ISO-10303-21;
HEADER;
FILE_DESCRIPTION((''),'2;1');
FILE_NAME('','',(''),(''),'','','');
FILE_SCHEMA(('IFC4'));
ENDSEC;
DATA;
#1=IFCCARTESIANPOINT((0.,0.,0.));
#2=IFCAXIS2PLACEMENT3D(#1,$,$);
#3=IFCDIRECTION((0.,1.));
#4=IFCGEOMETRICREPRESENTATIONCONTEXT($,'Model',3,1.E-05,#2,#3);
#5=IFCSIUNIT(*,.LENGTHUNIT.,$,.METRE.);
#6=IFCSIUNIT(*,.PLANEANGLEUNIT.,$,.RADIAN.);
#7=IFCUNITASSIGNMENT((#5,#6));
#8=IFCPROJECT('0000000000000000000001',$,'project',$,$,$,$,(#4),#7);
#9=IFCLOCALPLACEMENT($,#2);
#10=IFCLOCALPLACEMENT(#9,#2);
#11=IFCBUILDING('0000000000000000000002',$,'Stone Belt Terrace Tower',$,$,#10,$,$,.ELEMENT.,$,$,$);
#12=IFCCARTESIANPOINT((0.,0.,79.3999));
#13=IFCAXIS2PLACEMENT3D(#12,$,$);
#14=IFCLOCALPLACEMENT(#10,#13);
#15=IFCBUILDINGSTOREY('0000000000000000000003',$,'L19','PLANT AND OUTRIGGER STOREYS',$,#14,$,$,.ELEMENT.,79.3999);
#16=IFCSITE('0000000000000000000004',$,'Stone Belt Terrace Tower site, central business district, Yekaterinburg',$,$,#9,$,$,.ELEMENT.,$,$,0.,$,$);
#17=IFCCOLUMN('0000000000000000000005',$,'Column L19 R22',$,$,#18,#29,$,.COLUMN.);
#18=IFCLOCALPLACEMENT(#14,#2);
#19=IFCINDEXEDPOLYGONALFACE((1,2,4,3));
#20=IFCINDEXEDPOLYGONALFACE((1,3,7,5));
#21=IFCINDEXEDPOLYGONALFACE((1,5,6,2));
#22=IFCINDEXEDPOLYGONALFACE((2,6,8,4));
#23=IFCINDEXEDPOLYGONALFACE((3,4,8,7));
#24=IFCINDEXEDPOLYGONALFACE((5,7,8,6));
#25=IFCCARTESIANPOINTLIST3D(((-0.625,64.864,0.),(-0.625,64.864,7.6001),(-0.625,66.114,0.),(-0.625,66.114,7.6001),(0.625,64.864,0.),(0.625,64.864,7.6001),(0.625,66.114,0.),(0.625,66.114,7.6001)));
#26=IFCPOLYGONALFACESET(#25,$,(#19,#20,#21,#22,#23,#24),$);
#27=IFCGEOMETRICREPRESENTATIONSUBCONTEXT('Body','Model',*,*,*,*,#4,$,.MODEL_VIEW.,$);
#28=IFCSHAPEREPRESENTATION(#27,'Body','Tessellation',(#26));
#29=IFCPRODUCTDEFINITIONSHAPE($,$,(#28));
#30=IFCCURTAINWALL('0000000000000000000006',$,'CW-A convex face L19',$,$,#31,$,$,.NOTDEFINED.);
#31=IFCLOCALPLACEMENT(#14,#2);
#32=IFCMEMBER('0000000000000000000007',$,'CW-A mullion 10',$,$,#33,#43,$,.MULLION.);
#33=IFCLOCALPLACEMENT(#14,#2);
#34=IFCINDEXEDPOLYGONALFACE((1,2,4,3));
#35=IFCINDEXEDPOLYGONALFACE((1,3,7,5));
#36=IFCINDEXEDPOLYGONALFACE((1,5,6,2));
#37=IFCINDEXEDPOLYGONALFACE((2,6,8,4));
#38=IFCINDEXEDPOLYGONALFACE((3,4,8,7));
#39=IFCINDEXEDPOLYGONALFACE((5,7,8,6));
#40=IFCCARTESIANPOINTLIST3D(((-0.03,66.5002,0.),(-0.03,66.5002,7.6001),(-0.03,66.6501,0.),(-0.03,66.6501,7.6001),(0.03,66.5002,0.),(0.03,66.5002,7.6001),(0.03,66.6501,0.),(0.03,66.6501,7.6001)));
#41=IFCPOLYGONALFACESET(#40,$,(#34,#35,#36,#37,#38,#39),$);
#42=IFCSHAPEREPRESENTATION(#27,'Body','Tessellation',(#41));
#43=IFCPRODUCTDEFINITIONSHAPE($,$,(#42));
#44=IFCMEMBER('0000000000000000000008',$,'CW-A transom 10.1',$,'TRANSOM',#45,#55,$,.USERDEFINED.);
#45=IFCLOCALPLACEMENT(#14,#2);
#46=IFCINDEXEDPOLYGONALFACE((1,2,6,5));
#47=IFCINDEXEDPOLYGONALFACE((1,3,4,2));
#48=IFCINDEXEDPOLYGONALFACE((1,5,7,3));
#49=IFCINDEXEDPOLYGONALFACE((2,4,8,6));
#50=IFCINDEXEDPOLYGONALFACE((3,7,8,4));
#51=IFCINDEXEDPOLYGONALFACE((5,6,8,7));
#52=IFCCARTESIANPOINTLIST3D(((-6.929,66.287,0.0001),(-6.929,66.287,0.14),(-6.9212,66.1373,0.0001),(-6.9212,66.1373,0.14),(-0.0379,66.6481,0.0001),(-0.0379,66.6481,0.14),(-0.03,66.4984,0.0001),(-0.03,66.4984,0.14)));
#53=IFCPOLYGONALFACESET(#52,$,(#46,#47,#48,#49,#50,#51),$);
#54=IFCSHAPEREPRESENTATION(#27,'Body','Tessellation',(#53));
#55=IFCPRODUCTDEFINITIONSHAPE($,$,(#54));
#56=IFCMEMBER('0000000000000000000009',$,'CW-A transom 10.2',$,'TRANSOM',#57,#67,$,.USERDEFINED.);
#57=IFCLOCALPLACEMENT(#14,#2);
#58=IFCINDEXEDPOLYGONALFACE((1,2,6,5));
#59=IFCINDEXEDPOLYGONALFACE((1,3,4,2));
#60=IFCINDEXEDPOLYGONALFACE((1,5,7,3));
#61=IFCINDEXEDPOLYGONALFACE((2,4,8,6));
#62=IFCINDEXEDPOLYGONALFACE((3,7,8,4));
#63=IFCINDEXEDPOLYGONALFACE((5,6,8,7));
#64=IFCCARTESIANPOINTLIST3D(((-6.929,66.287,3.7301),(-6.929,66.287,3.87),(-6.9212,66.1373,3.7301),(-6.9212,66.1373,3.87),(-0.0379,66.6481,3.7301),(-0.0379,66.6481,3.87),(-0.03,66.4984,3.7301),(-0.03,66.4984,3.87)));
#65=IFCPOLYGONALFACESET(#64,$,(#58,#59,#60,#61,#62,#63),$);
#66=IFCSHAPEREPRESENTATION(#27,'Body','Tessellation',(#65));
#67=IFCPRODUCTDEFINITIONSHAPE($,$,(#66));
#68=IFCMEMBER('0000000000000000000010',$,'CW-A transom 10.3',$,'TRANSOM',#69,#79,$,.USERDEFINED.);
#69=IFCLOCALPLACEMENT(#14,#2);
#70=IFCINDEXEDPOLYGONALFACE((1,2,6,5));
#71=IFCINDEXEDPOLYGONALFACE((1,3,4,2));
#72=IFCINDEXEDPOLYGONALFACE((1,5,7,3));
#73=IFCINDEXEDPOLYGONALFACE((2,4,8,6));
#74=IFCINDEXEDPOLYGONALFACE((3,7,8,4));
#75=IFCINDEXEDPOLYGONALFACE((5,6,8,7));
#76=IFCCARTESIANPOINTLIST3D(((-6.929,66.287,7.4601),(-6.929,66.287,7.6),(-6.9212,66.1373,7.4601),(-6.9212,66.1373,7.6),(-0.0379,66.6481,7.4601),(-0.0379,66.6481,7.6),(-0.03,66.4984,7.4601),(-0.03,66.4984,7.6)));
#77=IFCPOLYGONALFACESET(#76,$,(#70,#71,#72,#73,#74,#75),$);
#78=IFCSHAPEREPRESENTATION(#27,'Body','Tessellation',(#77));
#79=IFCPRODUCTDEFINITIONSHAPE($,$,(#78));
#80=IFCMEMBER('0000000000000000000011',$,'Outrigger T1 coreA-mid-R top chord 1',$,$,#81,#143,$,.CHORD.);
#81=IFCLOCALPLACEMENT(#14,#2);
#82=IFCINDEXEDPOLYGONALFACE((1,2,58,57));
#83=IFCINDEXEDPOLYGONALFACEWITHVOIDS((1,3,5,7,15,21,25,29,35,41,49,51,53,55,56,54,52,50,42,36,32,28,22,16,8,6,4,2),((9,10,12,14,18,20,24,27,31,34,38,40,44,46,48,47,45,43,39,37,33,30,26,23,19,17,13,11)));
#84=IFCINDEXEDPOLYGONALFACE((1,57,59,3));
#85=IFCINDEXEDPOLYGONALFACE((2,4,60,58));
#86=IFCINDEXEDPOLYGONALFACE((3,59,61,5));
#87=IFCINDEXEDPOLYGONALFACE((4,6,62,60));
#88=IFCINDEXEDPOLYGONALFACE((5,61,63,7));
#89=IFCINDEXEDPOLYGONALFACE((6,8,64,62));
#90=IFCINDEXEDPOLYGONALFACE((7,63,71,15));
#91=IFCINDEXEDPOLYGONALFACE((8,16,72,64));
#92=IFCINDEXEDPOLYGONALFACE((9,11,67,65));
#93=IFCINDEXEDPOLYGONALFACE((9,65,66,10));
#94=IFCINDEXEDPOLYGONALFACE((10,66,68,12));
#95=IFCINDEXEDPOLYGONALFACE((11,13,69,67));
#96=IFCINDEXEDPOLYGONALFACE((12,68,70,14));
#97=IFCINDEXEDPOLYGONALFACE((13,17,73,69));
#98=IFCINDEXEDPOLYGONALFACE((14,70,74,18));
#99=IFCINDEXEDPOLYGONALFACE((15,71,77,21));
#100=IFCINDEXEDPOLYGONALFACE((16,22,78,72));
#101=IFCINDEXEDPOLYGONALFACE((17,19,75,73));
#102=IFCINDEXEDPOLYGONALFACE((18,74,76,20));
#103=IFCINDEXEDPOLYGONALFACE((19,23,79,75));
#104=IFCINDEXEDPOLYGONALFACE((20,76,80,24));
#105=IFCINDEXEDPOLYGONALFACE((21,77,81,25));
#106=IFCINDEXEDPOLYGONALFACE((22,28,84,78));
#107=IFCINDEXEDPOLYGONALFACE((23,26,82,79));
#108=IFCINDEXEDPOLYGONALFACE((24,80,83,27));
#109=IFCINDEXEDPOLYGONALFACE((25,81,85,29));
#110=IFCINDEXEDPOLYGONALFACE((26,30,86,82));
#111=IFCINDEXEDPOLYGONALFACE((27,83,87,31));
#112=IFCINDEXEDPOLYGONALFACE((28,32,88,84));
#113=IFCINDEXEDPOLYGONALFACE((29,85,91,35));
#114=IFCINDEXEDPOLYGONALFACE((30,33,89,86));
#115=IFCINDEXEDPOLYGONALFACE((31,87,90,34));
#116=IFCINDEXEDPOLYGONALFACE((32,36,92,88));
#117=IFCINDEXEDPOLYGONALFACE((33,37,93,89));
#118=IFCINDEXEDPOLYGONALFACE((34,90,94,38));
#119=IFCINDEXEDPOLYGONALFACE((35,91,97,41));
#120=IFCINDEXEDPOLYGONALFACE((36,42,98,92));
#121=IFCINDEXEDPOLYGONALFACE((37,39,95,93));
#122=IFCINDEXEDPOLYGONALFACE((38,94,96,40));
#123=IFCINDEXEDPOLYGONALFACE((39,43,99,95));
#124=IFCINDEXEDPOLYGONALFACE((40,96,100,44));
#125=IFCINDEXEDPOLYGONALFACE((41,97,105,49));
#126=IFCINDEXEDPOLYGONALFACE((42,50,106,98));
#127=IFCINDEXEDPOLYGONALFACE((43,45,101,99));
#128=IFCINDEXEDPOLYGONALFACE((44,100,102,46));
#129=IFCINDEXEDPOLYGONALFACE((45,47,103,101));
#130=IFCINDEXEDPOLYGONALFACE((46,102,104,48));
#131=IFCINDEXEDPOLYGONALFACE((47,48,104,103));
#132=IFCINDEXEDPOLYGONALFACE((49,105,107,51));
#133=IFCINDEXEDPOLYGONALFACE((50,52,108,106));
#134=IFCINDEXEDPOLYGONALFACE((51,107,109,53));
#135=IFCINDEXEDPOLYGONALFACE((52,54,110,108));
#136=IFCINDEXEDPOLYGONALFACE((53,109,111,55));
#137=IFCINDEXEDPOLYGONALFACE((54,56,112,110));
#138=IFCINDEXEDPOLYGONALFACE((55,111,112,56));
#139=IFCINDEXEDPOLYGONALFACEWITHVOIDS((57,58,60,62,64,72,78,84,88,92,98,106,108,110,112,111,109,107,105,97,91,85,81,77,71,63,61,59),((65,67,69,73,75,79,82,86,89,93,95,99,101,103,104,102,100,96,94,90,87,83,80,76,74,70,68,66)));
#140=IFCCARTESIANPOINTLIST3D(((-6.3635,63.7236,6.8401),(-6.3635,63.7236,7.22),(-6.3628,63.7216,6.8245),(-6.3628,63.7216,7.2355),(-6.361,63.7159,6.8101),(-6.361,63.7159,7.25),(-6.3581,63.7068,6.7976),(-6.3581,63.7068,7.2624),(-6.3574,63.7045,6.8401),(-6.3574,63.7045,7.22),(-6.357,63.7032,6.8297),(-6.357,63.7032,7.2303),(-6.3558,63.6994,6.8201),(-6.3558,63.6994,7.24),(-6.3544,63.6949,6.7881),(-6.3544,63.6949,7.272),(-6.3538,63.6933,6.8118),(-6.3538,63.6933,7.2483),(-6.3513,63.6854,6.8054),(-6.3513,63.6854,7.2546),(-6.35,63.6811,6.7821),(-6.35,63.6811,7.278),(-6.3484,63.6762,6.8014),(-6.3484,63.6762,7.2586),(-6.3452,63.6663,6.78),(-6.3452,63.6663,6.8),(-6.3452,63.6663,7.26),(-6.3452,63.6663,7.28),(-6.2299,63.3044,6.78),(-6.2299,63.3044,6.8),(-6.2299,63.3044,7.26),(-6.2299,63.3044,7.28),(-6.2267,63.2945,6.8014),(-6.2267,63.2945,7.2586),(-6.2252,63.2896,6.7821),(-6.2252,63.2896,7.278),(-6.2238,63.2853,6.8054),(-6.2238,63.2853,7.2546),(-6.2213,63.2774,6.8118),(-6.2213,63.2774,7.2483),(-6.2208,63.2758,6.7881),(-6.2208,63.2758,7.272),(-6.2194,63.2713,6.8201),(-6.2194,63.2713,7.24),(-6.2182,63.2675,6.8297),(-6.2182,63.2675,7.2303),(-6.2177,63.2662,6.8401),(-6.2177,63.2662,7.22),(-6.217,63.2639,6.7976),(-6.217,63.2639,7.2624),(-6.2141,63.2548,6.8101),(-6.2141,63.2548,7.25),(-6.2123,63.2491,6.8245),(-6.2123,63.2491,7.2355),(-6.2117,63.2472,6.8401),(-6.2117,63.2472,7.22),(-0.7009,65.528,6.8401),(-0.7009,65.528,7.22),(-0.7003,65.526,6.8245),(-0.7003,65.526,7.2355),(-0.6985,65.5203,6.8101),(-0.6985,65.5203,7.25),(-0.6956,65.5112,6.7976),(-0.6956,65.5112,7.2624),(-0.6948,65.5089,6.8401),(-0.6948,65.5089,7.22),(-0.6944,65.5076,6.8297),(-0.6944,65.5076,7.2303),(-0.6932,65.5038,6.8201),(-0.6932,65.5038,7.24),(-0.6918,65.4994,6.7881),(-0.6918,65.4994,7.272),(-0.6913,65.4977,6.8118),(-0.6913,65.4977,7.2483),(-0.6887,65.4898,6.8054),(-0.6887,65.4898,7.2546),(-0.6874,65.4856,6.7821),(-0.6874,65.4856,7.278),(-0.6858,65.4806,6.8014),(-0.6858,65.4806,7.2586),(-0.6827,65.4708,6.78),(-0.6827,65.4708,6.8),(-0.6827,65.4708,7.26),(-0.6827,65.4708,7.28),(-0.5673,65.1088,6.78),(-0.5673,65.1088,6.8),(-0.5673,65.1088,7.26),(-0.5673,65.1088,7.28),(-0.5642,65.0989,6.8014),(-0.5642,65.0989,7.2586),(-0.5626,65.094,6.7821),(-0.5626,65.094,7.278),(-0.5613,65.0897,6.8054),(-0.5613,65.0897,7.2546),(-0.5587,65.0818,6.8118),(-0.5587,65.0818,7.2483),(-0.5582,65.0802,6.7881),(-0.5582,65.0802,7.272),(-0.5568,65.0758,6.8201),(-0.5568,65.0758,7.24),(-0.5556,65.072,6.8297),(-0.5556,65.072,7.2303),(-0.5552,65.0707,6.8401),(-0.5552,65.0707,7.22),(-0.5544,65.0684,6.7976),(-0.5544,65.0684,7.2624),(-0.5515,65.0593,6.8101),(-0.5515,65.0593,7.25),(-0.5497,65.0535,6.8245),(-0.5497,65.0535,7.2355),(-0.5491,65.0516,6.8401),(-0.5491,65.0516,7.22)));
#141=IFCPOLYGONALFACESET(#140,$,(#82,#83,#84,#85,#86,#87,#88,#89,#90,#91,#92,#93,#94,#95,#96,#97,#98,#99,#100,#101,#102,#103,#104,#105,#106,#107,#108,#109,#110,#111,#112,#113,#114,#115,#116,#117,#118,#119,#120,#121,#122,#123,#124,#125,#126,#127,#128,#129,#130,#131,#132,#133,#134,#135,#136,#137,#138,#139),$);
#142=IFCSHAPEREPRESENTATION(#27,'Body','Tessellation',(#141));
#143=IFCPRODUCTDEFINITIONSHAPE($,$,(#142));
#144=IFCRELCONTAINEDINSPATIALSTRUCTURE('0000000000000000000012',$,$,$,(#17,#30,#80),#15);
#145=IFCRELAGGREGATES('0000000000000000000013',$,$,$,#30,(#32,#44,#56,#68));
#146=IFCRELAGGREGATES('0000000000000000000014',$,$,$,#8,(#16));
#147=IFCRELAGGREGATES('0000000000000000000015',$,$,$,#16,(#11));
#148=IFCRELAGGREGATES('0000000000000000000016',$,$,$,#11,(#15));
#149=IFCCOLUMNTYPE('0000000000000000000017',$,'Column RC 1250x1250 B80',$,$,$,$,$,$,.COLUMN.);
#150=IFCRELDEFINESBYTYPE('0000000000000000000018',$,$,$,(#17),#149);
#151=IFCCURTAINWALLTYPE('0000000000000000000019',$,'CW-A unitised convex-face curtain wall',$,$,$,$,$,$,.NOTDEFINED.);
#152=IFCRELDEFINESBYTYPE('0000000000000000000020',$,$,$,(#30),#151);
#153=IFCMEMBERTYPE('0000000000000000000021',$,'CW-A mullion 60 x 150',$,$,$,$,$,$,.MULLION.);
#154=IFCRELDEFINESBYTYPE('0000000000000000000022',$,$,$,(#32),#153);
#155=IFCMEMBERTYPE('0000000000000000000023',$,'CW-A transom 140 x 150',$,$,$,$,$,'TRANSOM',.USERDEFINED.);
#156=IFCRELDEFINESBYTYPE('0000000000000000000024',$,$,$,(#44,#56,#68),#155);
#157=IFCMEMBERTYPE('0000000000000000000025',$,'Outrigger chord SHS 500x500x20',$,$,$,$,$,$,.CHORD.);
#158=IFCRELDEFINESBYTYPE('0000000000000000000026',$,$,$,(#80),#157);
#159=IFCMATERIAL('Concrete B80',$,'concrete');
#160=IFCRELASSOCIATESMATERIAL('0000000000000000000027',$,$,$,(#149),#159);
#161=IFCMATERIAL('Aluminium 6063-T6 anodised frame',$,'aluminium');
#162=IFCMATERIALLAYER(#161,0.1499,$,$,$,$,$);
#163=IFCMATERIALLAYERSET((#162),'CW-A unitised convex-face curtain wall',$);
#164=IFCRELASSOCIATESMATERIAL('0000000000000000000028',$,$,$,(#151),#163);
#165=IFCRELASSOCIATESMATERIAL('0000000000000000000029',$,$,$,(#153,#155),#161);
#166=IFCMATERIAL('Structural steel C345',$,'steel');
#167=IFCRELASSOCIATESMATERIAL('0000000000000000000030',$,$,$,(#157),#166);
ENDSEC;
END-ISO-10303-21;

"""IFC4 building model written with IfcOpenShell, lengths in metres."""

from ifc_helpers import new_model, si_unit, direction, frame, origin, origin_2d, place, context, subcontext, project, spatial, rectangle, hollow_rectangle, extrude, material, layer, layer_set, material_profile, profile_set, type_object, element, aggregate, save


model = new_model("IFC4")

# Units and contexts
model_context = context("Model", 3, precision=1e-05, world=origin(), true_north=direction((0.0, 1.0)))
body_context = subcontext(model_context, "Body", "Model", "MODEL_VIEW")
ifc_project = project(units=[si_unit("LENGTHUNIT", "METRE"), si_unit("PLANEANGLEUNIT", "RADIAN")], contexts=[model_context])

# Site, building, storey
site_placement = place(None, origin())
site = spatial("IfcSite", under=ifc_project, at=site_placement, Name="Stone Belt Terrace Tower site, central business district, Yekaterinburg", CompositionType="ELEMENT", RefElevation=0.0)
building_placement = place(site_placement, origin())
building = spatial("IfcBuilding", under=site, at=building_placement, Name="Stone Belt Terrace Tower", CompositionType="ELEMENT")
storey_placement = place(building_placement, frame((0.0, 0.0, 79.3999)))
storey = spatial("IfcBuildingStorey", under=building, at=storey_placement, Name="L19", Description="PLANT AND OUTRIGGER STOREYS", CompositionType="ELEMENT", Elevation=79.3999)

# Column
ifc_material_1 = material(Name="Concrete B80", Category="concrete")
ifc_material_profile_1 = material_profile(ifc_material_1, rectangle(XDim=1.25, YDim=1.25, at=origin_2d()), Name="RC 1250x1250")
ifc_profile_set_1 = profile_set([ifc_material_profile_1], Name="Concrete B80")
column_type = type_object("IfcColumnType", Name="Column RC 1250x1250 B80", PredefinedType="COLUMN", material=ifc_profile_set_1)
column_placement = place(storey_placement, frame((0.0, 65.489, 0.0), z_axis=(0.0, 0.0, 1.0), x_axis=(1.0, 0.0, 0.0)))
element("IfcColumn", 1, at=column_placement, inside=storey, type_object=column_type, Name="Column L19 R22", PredefinedType="COLUMN", context=body_context, shape_type="SweptSolid", body=[
    extrude(rectangle(XDim=1.25, YDim=1.25, at=origin_2d()), origin(), (0.0, 0.0, 1.0), 7.6001),
])

# Curtain wall, members
ifc_material_2 = material(Name="Aluminium 6063-T6 anodised frame", Category="aluminium")
ifc_layer_1 = layer(ifc_material_2, 0.1499)
ifc_layer_set_1 = layer_set([ifc_layer_1], Name="CW-A unitised convex-face curtain wall")
curtain_wall_type = type_object("IfcCurtainWallType", Name="CW-A unitised convex-face curtain wall", PredefinedType="NOTDEFINED", material=ifc_layer_set_1)
curtain_wall_placement = place(storey_placement, origin())
curtain_wall = element("IfcCurtainWall", 2, at=curtain_wall_placement, inside=storey, type_object=curtain_wall_type, Name="CW-A convex face L19", PredefinedType="NOTDEFINED")
ifc_material_profile_2 = material_profile(ifc_material_2, rectangle(XDim=0.1499, YDim=0.0601, at=origin_2d()), Name="Aluminium 6063-T6 60x150")
ifc_profile_set_2 = profile_set([ifc_material_profile_2], Name="Aluminium 6063-T6 anodised frame")
member_type_1 = type_object("IfcMemberType", Name="CW-A mullion 60 x 150", PredefinedType="MULLION", material=ifc_profile_set_2)
member_1_placement = place(storey_placement, frame((0.0, 66.5752, 0.0), z_axis=(0.0, 0.0, 1.0), x_axis=(0.0, -1.0, 0.0)))
member_1 = element("IfcMember", 3, at=member_1_placement, type_object=member_type_1, Name="CW-A mullion 10", PredefinedType="MULLION", context=body_context, shape_type="SweptSolid", body=[
    extrude(rectangle(XDim=0.1499, YDim=0.0601, at=origin_2d()), origin(), (0.0, 0.0, 1.0), 7.6001),
])
ifc_material_profile_3 = material_profile(ifc_material_2, rectangle(XDim=0.1499, YDim=0.1399, at=origin_2d()), Name="Aluminium 6063-T6 150x140")
ifc_profile_set_3 = profile_set([ifc_material_profile_3], Name="Aluminium 6063-T6 anodised frame")
member_type_2 = type_object("IfcMemberType", Name="CW-A transom 140 x 150", ElementType="TRANSOM", PredefinedType="USERDEFINED", material=ifc_profile_set_3)
member_2_placement = place(storey_placement, frame((-0.0339, 66.5732, 0.0701), z_axis=(-0.99863, -0.052327, 0.0), x_axis=(0.052327, -0.99863, 0.0)))
member_2 = element("IfcMember", 4, at=member_2_placement, type_object=member_type_2, Name="CW-A transom 10.1", ObjectType="TRANSOM", PredefinedType="USERDEFINED", context=body_context, shape_type="SweptSolid", body=[
    extrude(rectangle(XDim=0.1499, YDim=0.1399, at=origin_2d()), origin(), (0.0, 0.0, 1.0), 6.9006),
])
member_3_placement = place(storey_placement, frame((-0.0339, 66.5732, 3.8), z_axis=(-0.99863, -0.052327, 0.0), x_axis=(0.052327, -0.99863, 0.0)))
member_3 = element("IfcMember", 5, at=member_3_placement, type_object=member_type_2, Name="CW-A transom 10.2", ObjectType="TRANSOM", PredefinedType="USERDEFINED", context=body_context, shape_type="SweptSolid", body=[
    extrude(rectangle(XDim=0.1499, YDim=0.1399, at=origin_2d()), origin(), (0.0, 0.0, 1.0), 6.9006),
])
member_4_placement = place(storey_placement, frame((-0.0339, 66.5732, 7.53), z_axis=(-0.99863, -0.052327, 0.0), x_axis=(0.052327, -0.99863, 0.0)))
member_4 = element("IfcMember", 6, at=member_4_placement, type_object=member_type_2, Name="CW-A transom 10.3", ObjectType="TRANSOM", PredefinedType="USERDEFINED", context=body_context, shape_type="SweptSolid", body=[
    extrude(rectangle(XDim=0.1499, YDim=0.1399, at=origin_2d()), origin(), (0.0, 0.0, 1.0), 6.9006),
])

# Member
ifc_material_3 = material(Name="Structural steel C345", Category="steel")
ifc_material_profile_4 = material_profile(ifc_material_3, hollow_rectangle(XDim=0.5, YDim=0.5, WallThickness=0.02, InnerFilletRadius=0.04, OuterFilletRadius=0.0601, at=origin_2d()), Name="SHS 500x500x20")
ifc_profile_set_4 = profile_set([ifc_material_profile_4], Name="Structural steel C345")
member_type_3 = type_object("IfcMemberType", Name="Outrigger chord SHS 500x500x20", PredefinedType="CHORD", material=ifc_profile_set_4)
for number, where, z_axis, x_axis, name in (
    (7, (-0.625, 65.2898, 7.03), (-0.952794, -0.303617, 0.0), (0.303617, -0.952794, 0.0), "Outrigger T1 coreA-mid-R top chord 1"),
):
    element("IfcMember", number, at=place(storey_placement, frame(where, z_axis=z_axis, x_axis=x_axis)), inside=storey, type_object=member_type_3, Name=name, PredefinedType="CHORD", context=body_context, shape_type="SweptSolid", body=[
        extrude(hollow_rectangle(XDim=0.5, YDim=0.5, WallThickness=0.02, InnerFilletRadius=0.04, OuterFilletRadius=0.0601, at=origin_2d()), origin(), (0.0, 0.0, 1.0), 5.9431),
    ])

aggregate(curtain_wall, [member_1, member_2, member_3, member_4])

save(model, "model.ifc")
